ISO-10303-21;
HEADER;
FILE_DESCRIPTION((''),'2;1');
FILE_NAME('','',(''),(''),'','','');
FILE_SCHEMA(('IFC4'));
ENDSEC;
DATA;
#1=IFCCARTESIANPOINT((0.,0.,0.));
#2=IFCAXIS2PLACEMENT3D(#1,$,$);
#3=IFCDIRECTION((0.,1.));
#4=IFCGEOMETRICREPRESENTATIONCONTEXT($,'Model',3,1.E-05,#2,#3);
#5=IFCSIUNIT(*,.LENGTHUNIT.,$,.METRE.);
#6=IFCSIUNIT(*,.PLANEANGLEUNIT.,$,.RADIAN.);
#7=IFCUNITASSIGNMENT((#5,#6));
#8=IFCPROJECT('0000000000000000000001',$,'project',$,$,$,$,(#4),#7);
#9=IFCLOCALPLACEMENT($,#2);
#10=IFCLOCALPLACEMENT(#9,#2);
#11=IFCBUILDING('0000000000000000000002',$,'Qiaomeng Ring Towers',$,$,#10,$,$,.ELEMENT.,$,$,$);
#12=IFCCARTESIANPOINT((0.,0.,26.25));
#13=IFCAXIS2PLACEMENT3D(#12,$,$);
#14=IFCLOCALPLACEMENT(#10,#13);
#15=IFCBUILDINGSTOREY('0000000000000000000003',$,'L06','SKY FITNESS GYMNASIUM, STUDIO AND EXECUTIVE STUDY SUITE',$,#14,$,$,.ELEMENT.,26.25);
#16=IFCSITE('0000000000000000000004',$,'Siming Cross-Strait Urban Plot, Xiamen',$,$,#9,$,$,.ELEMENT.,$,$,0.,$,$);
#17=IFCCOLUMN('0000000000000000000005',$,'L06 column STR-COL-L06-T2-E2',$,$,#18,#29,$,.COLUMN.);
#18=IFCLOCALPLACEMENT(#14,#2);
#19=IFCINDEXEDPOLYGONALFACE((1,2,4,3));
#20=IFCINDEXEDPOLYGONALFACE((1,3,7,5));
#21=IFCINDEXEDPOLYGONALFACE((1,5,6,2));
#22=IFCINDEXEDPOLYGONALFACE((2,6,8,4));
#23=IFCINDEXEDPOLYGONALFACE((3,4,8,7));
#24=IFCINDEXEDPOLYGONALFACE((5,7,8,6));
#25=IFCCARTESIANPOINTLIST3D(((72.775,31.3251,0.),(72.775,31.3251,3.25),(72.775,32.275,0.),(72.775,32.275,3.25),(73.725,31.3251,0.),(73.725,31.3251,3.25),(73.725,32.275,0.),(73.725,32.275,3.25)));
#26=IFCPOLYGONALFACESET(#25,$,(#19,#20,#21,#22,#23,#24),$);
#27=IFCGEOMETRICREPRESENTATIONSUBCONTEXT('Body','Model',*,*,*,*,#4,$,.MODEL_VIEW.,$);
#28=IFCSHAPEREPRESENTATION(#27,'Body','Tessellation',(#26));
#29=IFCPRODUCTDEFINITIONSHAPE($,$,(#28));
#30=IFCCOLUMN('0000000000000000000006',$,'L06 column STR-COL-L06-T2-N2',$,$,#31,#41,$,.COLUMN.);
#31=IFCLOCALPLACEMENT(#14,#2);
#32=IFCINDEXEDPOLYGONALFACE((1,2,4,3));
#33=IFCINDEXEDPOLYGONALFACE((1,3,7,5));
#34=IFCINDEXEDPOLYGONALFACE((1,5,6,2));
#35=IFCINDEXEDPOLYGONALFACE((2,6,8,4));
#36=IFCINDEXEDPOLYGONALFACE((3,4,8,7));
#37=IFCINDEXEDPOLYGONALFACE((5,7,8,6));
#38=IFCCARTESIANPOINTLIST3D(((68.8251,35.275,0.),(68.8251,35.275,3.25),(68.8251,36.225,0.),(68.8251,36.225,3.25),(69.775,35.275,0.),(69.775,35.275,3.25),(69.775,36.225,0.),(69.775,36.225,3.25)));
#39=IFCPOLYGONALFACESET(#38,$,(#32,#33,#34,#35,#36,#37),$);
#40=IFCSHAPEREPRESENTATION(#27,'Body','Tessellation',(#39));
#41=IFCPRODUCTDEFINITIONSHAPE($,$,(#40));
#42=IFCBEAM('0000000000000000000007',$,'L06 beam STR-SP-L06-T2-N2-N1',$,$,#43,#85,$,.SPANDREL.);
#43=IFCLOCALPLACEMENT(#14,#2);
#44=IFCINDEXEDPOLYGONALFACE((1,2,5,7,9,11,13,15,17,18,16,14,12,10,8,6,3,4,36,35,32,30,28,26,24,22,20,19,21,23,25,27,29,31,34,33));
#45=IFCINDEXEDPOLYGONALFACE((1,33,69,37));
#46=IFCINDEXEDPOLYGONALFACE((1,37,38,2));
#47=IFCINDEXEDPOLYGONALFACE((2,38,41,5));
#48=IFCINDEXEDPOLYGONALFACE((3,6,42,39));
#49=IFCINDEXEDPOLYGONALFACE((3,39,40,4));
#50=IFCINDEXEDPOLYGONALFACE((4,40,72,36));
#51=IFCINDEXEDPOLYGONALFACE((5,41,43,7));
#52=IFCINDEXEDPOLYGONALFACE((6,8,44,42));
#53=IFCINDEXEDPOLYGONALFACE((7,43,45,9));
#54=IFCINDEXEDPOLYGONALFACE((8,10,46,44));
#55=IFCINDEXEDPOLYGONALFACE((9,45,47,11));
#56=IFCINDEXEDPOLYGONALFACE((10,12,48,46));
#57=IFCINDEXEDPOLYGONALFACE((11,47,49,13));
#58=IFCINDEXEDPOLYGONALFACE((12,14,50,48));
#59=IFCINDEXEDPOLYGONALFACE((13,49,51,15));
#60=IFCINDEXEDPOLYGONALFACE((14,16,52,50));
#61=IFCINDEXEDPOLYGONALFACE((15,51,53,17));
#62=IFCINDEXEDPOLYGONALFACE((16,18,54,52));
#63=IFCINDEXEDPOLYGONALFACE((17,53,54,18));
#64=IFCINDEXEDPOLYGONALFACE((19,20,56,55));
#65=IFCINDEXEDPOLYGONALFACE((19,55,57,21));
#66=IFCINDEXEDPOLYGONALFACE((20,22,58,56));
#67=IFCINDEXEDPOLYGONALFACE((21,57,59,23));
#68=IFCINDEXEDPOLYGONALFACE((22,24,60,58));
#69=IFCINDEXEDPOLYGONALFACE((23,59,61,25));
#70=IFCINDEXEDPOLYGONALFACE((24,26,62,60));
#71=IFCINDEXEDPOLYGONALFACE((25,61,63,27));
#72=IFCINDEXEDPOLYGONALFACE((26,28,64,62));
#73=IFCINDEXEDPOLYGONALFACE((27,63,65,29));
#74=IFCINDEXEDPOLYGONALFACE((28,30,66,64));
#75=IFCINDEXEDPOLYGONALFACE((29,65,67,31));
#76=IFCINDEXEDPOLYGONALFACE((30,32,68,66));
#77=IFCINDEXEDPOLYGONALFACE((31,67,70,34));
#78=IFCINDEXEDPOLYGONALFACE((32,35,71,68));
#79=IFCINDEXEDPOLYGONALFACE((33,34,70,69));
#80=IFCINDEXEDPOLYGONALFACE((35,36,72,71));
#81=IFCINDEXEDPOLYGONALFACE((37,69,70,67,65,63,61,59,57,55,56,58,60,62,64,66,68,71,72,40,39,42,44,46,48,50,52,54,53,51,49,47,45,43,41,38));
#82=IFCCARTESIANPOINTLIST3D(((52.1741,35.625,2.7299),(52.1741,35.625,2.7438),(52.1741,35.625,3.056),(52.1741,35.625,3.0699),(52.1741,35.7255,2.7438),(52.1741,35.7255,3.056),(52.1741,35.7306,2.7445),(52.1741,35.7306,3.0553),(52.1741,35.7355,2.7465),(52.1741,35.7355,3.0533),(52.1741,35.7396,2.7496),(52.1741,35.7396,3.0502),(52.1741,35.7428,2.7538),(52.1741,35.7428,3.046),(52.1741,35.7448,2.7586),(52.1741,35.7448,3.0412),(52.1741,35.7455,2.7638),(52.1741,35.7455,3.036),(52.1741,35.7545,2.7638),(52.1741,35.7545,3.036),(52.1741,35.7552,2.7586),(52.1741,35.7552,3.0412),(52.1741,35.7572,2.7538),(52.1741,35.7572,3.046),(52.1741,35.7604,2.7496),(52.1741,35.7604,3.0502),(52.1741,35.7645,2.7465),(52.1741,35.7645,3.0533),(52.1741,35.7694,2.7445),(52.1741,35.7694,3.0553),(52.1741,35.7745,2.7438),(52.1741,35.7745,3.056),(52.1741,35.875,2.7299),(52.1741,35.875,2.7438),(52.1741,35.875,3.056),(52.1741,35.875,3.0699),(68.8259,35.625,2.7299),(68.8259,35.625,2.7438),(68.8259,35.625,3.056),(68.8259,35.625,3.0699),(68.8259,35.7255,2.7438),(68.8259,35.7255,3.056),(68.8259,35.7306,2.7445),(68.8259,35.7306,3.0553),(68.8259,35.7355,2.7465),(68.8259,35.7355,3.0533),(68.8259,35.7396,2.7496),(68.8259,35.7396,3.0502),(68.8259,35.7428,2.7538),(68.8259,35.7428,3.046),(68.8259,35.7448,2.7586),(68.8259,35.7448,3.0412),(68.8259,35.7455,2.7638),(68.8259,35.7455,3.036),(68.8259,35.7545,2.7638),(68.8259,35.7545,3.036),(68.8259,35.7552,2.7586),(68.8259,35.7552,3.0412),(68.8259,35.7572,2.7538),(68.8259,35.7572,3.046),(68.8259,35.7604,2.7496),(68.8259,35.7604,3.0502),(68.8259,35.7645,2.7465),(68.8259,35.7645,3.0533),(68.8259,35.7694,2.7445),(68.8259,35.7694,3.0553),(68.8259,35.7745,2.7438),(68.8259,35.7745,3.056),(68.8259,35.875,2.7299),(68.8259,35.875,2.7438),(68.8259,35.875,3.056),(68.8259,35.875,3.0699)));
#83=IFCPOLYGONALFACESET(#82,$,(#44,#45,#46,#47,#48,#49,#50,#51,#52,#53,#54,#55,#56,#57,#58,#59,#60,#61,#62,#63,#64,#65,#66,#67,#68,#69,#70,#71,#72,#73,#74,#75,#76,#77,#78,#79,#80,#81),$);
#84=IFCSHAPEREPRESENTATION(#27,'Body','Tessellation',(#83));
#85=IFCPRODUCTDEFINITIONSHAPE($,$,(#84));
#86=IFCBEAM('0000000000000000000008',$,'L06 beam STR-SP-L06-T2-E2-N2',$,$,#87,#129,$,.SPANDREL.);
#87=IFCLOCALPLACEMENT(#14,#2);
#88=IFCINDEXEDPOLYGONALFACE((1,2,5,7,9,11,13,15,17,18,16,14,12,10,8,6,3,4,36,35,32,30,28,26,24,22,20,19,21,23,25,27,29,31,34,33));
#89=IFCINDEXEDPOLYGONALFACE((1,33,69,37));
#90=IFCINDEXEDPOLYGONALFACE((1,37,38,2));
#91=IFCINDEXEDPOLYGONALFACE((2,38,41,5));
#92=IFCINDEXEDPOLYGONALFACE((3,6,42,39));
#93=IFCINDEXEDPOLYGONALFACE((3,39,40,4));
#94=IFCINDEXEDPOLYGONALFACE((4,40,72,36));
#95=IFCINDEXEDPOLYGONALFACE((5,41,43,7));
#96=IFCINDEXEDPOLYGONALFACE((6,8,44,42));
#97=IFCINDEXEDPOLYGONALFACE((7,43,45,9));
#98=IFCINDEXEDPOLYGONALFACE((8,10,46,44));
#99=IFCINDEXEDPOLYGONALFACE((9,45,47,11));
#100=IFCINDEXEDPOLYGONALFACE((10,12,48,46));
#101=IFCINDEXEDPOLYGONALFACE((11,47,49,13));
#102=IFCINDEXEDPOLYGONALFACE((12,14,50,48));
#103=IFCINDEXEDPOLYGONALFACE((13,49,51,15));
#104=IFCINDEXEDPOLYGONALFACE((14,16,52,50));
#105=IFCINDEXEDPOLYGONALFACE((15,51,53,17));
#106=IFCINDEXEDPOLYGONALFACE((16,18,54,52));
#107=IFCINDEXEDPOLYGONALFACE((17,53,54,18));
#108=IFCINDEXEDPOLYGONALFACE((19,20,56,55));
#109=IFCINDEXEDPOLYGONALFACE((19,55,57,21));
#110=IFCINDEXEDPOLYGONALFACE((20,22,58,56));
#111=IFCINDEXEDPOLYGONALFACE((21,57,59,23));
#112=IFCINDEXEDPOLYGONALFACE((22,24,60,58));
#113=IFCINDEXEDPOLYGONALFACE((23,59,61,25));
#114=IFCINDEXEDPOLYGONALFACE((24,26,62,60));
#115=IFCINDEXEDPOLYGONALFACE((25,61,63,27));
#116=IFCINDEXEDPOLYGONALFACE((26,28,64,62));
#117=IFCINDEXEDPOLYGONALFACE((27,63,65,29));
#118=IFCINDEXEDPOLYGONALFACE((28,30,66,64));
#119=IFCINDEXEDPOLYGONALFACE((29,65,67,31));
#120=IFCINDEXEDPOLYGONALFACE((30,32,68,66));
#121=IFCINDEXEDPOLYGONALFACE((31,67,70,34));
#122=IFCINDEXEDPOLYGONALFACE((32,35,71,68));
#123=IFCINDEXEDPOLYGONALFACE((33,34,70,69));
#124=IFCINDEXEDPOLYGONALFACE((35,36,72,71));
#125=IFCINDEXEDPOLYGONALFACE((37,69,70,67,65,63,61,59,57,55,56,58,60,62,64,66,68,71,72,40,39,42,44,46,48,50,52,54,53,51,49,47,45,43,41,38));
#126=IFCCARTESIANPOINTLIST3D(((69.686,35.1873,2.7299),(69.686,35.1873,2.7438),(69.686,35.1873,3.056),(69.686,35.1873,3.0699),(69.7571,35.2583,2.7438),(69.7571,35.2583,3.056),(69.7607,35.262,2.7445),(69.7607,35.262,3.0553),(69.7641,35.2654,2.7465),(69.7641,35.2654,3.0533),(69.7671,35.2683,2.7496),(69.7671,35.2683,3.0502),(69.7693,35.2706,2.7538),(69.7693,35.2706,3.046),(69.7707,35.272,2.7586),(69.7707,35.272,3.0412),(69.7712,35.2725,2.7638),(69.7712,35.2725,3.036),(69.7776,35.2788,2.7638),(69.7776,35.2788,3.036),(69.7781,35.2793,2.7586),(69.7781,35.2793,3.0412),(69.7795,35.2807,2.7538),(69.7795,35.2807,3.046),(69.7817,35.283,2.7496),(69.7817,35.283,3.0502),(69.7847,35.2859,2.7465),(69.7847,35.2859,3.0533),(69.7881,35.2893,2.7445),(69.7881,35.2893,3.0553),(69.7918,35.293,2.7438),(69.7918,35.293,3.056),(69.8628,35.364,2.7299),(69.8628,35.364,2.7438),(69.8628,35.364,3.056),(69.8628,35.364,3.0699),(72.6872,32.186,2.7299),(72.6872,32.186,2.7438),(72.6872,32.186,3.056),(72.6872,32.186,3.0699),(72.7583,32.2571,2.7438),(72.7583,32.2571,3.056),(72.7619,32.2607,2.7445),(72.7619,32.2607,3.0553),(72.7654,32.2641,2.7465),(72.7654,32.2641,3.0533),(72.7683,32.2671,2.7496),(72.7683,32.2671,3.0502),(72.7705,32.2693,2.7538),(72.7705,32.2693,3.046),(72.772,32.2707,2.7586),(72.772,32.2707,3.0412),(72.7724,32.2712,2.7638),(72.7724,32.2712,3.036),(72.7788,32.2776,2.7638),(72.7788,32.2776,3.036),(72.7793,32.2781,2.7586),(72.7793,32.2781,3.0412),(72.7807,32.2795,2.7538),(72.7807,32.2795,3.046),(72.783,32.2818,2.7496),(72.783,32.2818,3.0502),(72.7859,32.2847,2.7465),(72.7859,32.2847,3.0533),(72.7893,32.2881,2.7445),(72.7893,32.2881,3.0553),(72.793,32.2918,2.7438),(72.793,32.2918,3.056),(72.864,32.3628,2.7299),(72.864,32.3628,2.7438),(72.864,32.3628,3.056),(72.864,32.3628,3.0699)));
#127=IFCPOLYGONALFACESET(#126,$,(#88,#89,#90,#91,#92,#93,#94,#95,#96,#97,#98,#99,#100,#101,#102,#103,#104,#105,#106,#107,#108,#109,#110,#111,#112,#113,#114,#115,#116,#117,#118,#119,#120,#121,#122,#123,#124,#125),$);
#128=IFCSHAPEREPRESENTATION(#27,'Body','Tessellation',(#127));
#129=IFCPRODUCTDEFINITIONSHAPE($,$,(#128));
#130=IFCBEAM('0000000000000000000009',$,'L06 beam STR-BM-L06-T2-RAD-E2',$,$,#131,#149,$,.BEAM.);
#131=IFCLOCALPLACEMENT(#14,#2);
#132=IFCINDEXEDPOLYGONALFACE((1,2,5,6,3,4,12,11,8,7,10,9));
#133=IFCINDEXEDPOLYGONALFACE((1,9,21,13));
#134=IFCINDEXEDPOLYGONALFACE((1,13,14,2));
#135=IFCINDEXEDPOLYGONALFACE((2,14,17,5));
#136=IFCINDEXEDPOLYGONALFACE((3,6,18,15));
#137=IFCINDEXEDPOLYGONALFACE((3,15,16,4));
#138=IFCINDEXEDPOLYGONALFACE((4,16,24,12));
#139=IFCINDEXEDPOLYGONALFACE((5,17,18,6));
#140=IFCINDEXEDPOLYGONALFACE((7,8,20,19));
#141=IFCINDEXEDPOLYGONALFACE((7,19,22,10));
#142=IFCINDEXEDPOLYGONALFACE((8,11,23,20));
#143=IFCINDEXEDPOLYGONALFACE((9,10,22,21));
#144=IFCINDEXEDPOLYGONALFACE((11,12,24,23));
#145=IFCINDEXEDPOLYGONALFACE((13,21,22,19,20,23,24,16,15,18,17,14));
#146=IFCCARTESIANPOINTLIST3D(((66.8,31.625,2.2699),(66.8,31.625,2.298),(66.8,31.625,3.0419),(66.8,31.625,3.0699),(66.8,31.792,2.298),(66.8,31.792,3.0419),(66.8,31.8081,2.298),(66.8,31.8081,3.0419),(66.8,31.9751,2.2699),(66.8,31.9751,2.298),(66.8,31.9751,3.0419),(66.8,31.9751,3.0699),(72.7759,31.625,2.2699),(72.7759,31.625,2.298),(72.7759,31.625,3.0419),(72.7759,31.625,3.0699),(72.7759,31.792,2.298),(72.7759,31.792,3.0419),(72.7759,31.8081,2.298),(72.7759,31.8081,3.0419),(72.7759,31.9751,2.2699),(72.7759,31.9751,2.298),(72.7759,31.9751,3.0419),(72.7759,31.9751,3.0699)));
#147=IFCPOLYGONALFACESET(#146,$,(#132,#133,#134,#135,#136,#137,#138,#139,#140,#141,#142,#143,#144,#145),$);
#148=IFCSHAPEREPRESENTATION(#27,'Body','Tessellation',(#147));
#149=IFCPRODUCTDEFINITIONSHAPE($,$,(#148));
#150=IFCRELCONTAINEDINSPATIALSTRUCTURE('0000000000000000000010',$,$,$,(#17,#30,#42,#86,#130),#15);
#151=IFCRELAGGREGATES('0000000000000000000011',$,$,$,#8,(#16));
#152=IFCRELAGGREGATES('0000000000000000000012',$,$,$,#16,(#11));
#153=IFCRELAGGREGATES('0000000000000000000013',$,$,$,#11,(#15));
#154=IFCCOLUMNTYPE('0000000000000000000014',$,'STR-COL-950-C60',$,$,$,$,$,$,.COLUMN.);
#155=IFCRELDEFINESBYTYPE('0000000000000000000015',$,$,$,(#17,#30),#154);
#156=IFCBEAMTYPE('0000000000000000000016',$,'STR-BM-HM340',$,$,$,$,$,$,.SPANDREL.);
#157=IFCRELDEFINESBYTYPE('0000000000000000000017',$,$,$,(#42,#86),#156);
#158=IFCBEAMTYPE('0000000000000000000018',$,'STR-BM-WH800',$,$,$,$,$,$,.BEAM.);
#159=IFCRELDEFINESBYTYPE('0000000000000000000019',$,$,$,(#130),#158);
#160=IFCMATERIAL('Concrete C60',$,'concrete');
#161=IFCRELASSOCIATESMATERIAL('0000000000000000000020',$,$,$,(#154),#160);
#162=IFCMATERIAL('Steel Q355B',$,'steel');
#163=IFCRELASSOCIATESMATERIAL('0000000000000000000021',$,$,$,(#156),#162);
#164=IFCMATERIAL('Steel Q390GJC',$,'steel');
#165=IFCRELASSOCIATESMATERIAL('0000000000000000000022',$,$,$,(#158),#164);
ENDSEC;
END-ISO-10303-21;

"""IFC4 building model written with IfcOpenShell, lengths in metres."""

from ifc_helpers import new_model, si_unit, direction, frame, origin, origin_2d, place, context, subcontext, project, spatial, rectangle, i_section, extrude, source, transform, mapped, material, material_profile, profile_set, type_object, element, save


model = new_model("IFC4")

# Units and contexts
model_context = context("Model", 3, precision=1e-05, world=origin(), true_north=direction((0.0, 1.0)))
body_context = subcontext(model_context, "Body", "Model", "MODEL_VIEW")
ifc_project = project(units=[si_unit("LENGTHUNIT", "METRE"), si_unit("PLANEANGLEUNIT", "RADIAN")], contexts=[model_context])

# Site, building, storey
site_placement = place(None, origin())
site = spatial("IfcSite", under=ifc_project, at=site_placement, Name="Siming Cross-Strait Urban Plot, Xiamen", CompositionType="ELEMENT", RefElevation=0.0)
building_placement = place(site_placement, origin())
building = spatial("IfcBuilding", under=site, at=building_placement, Name="Qiaomeng Ring Towers", CompositionType="ELEMENT")
storey_placement = place(building_placement, frame((0.0, 0.0, 26.25)))
storey = spatial("IfcBuildingStorey", under=building, at=storey_placement, Name="L06", Description="SKY FITNESS GYMNASIUM, STUDIO AND EXECUTIVE STUDY SUITE", CompositionType="ELEMENT", Elevation=26.25)

# Columns
ifc_material_1 = material(Name="Concrete C60", Category="concrete")
ifc_material_profile_1 = material_profile(ifc_material_1, rectangle(XDim=0.95, YDim=0.95, at=origin_2d()), Name="RC COL 950x950")
ifc_profile_set_1 = profile_set([ifc_material_profile_1], Name="Concrete C60")
column_type = type_object("IfcColumnType", Name="STR-COL-950-C60", PredefinedType="COLUMN", material=ifc_profile_set_1)
shared_shape_1 = source(origin(), body_context, "Body", "SweptSolid", [
    extrude(rectangle(XDim=0.95, YDim=0.95, at=origin_2d()), origin(), (0.0, 0.0, 1.0), 3.25),
])
for number, where, z_axis, x_axis, name in (
    (1, (73.25, 31.8, 0.0), (0.0, 0.0, 1.0), (1.0, 0.0, 0.0), "L06 column STR-COL-L06-T2-E2"),
    (2, (69.3, 35.75, 0.0), (0.0, 0.0, 1.0), (1.0, 0.0, 0.0), "L06 column STR-COL-L06-T2-N2"),
):
    element("IfcColumn", number, at=place(storey_placement, frame(where, z_axis=z_axis, x_axis=x_axis)), inside=storey, type_object=column_type, Name=name, PredefinedType="COLUMN", context=body_context, shape_type="MappedRepresentation", body=[
        mapped(shared_shape_1, transform((0.0, 0.0, 0.0), x_axis=(1.0, 0.0, 0.0), y_axis=(0.0, 1.0, 0.0), z_axis=(0.0, 0.0, 1.0), scale=1.0)),
    ])

# Beams
ifc_material_2 = material(Name="Steel Q355B", Category="steel")
ifc_material_profile_2 = material_profile(ifc_material_2, i_section(OverallWidth=0.25, OverallDepth=0.3401, WebThickness=0.009, FlangeThickness=0.0139, FilletRadius=0.02, at=origin_2d()), Name="HM 340x250x9x14")
ifc_profile_set_2 = profile_set([ifc_material_profile_2], Name="Steel Q355B")
beam_type_1 = type_object("IfcBeamType", Name="STR-BM-HM340", PredefinedType="SPANDREL", material=ifc_profile_set_2)
shared_shape_2 = source(origin(), body_context, "Body", "SweptSolid", [
    extrude(i_section(OverallWidth=0.25, OverallDepth=0.3401, WebThickness=0.009, FlangeThickness=0.0139, FilletRadius=0.02, at=origin_2d()), origin(), (0.0, 0.0, 1.0), 16.6519),
])
beam_1_placement = place(storey_placement, frame((68.8259, 35.75, 2.8999), z_axis=(-1.0, 0.0, 0.0), x_axis=(0.0, -1.0, 0.0)))
element("IfcBeam", 3, at=beam_1_placement, inside=storey, type_object=beam_type_1, Name="L06 beam STR-SP-L06-T2-N2-N1", PredefinedType="SPANDREL", context=body_context, shape_type="MappedRepresentation", body=[
    mapped(shared_shape_2, transform((0.0, 0.0, 0.0), x_axis=(1.0, 0.0, 0.0), y_axis=(0.0, 1.0, 0.0), z_axis=(0.0, 0.0, 1.0), scale=1.0)),
])
shared_shape_3 = source(origin(), body_context, "Body", "SweptSolid", [
    extrude(i_section(OverallWidth=0.25, OverallDepth=0.3401, WebThickness=0.009, FlangeThickness=0.0139, FilletRadius=0.02, at=origin_2d()), origin(), (0.0, 0.0, 1.0), 4.2444),
])
beam_2_placement = place(storey_placement, frame((72.7756, 32.2744, 2.8999), z_axis=(-0.707107, 0.707107, 0.0), x_axis=(-0.707107, -0.707107, 0.0)))
element("IfcBeam", 4, at=beam_2_placement, inside=storey, type_object=beam_type_1, Name="L06 beam STR-SP-L06-T2-E2-N2", PredefinedType="SPANDREL", context=body_context, shape_type="MappedRepresentation", body=[
    mapped(shared_shape_3, transform((0.0, 0.0, 0.0), x_axis=(1.0, 0.0, 0.0), y_axis=(0.0, 1.0, 0.0), z_axis=(0.0, 0.0, 1.0), scale=1.0)),
])
ifc_material_3 = material(Name="Steel Q390GJC", Category="steel")
ifc_material_profile_3 = material_profile(ifc_material_3, i_section(OverallWidth=0.3501, OverallDepth=0.8, WebThickness=0.0161, FlangeThickness=0.0281, at=origin_2d()), Name="WH 800x350x16x28")
ifc_profile_set_3 = profile_set([ifc_material_profile_3], Name="Steel Q390GJC")
beam_type_2 = type_object("IfcBeamType", Name="STR-BM-WH800", PredefinedType="BEAM", material=ifc_profile_set_3)
shared_shape_4 = source(origin(), body_context, "Body", "SweptSolid", [
    extrude(i_section(OverallWidth=0.3501, OverallDepth=0.8, WebThickness=0.0161, FlangeThickness=0.0281, at=origin_2d()), origin(), (0.0, 0.0, 1.0), 5.9758),
])
beam_3_placement = place(storey_placement, frame((66.8, 31.8, 2.6699), z_axis=(1.0, 0.0, 0.0), x_axis=(0.0, 1.0, 0.0)))
element("IfcBeam", 5, at=beam_3_placement, inside=storey, type_object=beam_type_2, Name="L06 beam STR-BM-L06-T2-RAD-E2", PredefinedType="BEAM", context=body_context, shape_type="MappedRepresentation", body=[
    mapped(shared_shape_4, transform((0.0, 0.0, 0.0), x_axis=(1.0, 0.0, 0.0), y_axis=(0.0, 1.0, 0.0), z_axis=(0.0, 0.0, 1.0), scale=1.0)),
])

save(model, "model.ifc")
